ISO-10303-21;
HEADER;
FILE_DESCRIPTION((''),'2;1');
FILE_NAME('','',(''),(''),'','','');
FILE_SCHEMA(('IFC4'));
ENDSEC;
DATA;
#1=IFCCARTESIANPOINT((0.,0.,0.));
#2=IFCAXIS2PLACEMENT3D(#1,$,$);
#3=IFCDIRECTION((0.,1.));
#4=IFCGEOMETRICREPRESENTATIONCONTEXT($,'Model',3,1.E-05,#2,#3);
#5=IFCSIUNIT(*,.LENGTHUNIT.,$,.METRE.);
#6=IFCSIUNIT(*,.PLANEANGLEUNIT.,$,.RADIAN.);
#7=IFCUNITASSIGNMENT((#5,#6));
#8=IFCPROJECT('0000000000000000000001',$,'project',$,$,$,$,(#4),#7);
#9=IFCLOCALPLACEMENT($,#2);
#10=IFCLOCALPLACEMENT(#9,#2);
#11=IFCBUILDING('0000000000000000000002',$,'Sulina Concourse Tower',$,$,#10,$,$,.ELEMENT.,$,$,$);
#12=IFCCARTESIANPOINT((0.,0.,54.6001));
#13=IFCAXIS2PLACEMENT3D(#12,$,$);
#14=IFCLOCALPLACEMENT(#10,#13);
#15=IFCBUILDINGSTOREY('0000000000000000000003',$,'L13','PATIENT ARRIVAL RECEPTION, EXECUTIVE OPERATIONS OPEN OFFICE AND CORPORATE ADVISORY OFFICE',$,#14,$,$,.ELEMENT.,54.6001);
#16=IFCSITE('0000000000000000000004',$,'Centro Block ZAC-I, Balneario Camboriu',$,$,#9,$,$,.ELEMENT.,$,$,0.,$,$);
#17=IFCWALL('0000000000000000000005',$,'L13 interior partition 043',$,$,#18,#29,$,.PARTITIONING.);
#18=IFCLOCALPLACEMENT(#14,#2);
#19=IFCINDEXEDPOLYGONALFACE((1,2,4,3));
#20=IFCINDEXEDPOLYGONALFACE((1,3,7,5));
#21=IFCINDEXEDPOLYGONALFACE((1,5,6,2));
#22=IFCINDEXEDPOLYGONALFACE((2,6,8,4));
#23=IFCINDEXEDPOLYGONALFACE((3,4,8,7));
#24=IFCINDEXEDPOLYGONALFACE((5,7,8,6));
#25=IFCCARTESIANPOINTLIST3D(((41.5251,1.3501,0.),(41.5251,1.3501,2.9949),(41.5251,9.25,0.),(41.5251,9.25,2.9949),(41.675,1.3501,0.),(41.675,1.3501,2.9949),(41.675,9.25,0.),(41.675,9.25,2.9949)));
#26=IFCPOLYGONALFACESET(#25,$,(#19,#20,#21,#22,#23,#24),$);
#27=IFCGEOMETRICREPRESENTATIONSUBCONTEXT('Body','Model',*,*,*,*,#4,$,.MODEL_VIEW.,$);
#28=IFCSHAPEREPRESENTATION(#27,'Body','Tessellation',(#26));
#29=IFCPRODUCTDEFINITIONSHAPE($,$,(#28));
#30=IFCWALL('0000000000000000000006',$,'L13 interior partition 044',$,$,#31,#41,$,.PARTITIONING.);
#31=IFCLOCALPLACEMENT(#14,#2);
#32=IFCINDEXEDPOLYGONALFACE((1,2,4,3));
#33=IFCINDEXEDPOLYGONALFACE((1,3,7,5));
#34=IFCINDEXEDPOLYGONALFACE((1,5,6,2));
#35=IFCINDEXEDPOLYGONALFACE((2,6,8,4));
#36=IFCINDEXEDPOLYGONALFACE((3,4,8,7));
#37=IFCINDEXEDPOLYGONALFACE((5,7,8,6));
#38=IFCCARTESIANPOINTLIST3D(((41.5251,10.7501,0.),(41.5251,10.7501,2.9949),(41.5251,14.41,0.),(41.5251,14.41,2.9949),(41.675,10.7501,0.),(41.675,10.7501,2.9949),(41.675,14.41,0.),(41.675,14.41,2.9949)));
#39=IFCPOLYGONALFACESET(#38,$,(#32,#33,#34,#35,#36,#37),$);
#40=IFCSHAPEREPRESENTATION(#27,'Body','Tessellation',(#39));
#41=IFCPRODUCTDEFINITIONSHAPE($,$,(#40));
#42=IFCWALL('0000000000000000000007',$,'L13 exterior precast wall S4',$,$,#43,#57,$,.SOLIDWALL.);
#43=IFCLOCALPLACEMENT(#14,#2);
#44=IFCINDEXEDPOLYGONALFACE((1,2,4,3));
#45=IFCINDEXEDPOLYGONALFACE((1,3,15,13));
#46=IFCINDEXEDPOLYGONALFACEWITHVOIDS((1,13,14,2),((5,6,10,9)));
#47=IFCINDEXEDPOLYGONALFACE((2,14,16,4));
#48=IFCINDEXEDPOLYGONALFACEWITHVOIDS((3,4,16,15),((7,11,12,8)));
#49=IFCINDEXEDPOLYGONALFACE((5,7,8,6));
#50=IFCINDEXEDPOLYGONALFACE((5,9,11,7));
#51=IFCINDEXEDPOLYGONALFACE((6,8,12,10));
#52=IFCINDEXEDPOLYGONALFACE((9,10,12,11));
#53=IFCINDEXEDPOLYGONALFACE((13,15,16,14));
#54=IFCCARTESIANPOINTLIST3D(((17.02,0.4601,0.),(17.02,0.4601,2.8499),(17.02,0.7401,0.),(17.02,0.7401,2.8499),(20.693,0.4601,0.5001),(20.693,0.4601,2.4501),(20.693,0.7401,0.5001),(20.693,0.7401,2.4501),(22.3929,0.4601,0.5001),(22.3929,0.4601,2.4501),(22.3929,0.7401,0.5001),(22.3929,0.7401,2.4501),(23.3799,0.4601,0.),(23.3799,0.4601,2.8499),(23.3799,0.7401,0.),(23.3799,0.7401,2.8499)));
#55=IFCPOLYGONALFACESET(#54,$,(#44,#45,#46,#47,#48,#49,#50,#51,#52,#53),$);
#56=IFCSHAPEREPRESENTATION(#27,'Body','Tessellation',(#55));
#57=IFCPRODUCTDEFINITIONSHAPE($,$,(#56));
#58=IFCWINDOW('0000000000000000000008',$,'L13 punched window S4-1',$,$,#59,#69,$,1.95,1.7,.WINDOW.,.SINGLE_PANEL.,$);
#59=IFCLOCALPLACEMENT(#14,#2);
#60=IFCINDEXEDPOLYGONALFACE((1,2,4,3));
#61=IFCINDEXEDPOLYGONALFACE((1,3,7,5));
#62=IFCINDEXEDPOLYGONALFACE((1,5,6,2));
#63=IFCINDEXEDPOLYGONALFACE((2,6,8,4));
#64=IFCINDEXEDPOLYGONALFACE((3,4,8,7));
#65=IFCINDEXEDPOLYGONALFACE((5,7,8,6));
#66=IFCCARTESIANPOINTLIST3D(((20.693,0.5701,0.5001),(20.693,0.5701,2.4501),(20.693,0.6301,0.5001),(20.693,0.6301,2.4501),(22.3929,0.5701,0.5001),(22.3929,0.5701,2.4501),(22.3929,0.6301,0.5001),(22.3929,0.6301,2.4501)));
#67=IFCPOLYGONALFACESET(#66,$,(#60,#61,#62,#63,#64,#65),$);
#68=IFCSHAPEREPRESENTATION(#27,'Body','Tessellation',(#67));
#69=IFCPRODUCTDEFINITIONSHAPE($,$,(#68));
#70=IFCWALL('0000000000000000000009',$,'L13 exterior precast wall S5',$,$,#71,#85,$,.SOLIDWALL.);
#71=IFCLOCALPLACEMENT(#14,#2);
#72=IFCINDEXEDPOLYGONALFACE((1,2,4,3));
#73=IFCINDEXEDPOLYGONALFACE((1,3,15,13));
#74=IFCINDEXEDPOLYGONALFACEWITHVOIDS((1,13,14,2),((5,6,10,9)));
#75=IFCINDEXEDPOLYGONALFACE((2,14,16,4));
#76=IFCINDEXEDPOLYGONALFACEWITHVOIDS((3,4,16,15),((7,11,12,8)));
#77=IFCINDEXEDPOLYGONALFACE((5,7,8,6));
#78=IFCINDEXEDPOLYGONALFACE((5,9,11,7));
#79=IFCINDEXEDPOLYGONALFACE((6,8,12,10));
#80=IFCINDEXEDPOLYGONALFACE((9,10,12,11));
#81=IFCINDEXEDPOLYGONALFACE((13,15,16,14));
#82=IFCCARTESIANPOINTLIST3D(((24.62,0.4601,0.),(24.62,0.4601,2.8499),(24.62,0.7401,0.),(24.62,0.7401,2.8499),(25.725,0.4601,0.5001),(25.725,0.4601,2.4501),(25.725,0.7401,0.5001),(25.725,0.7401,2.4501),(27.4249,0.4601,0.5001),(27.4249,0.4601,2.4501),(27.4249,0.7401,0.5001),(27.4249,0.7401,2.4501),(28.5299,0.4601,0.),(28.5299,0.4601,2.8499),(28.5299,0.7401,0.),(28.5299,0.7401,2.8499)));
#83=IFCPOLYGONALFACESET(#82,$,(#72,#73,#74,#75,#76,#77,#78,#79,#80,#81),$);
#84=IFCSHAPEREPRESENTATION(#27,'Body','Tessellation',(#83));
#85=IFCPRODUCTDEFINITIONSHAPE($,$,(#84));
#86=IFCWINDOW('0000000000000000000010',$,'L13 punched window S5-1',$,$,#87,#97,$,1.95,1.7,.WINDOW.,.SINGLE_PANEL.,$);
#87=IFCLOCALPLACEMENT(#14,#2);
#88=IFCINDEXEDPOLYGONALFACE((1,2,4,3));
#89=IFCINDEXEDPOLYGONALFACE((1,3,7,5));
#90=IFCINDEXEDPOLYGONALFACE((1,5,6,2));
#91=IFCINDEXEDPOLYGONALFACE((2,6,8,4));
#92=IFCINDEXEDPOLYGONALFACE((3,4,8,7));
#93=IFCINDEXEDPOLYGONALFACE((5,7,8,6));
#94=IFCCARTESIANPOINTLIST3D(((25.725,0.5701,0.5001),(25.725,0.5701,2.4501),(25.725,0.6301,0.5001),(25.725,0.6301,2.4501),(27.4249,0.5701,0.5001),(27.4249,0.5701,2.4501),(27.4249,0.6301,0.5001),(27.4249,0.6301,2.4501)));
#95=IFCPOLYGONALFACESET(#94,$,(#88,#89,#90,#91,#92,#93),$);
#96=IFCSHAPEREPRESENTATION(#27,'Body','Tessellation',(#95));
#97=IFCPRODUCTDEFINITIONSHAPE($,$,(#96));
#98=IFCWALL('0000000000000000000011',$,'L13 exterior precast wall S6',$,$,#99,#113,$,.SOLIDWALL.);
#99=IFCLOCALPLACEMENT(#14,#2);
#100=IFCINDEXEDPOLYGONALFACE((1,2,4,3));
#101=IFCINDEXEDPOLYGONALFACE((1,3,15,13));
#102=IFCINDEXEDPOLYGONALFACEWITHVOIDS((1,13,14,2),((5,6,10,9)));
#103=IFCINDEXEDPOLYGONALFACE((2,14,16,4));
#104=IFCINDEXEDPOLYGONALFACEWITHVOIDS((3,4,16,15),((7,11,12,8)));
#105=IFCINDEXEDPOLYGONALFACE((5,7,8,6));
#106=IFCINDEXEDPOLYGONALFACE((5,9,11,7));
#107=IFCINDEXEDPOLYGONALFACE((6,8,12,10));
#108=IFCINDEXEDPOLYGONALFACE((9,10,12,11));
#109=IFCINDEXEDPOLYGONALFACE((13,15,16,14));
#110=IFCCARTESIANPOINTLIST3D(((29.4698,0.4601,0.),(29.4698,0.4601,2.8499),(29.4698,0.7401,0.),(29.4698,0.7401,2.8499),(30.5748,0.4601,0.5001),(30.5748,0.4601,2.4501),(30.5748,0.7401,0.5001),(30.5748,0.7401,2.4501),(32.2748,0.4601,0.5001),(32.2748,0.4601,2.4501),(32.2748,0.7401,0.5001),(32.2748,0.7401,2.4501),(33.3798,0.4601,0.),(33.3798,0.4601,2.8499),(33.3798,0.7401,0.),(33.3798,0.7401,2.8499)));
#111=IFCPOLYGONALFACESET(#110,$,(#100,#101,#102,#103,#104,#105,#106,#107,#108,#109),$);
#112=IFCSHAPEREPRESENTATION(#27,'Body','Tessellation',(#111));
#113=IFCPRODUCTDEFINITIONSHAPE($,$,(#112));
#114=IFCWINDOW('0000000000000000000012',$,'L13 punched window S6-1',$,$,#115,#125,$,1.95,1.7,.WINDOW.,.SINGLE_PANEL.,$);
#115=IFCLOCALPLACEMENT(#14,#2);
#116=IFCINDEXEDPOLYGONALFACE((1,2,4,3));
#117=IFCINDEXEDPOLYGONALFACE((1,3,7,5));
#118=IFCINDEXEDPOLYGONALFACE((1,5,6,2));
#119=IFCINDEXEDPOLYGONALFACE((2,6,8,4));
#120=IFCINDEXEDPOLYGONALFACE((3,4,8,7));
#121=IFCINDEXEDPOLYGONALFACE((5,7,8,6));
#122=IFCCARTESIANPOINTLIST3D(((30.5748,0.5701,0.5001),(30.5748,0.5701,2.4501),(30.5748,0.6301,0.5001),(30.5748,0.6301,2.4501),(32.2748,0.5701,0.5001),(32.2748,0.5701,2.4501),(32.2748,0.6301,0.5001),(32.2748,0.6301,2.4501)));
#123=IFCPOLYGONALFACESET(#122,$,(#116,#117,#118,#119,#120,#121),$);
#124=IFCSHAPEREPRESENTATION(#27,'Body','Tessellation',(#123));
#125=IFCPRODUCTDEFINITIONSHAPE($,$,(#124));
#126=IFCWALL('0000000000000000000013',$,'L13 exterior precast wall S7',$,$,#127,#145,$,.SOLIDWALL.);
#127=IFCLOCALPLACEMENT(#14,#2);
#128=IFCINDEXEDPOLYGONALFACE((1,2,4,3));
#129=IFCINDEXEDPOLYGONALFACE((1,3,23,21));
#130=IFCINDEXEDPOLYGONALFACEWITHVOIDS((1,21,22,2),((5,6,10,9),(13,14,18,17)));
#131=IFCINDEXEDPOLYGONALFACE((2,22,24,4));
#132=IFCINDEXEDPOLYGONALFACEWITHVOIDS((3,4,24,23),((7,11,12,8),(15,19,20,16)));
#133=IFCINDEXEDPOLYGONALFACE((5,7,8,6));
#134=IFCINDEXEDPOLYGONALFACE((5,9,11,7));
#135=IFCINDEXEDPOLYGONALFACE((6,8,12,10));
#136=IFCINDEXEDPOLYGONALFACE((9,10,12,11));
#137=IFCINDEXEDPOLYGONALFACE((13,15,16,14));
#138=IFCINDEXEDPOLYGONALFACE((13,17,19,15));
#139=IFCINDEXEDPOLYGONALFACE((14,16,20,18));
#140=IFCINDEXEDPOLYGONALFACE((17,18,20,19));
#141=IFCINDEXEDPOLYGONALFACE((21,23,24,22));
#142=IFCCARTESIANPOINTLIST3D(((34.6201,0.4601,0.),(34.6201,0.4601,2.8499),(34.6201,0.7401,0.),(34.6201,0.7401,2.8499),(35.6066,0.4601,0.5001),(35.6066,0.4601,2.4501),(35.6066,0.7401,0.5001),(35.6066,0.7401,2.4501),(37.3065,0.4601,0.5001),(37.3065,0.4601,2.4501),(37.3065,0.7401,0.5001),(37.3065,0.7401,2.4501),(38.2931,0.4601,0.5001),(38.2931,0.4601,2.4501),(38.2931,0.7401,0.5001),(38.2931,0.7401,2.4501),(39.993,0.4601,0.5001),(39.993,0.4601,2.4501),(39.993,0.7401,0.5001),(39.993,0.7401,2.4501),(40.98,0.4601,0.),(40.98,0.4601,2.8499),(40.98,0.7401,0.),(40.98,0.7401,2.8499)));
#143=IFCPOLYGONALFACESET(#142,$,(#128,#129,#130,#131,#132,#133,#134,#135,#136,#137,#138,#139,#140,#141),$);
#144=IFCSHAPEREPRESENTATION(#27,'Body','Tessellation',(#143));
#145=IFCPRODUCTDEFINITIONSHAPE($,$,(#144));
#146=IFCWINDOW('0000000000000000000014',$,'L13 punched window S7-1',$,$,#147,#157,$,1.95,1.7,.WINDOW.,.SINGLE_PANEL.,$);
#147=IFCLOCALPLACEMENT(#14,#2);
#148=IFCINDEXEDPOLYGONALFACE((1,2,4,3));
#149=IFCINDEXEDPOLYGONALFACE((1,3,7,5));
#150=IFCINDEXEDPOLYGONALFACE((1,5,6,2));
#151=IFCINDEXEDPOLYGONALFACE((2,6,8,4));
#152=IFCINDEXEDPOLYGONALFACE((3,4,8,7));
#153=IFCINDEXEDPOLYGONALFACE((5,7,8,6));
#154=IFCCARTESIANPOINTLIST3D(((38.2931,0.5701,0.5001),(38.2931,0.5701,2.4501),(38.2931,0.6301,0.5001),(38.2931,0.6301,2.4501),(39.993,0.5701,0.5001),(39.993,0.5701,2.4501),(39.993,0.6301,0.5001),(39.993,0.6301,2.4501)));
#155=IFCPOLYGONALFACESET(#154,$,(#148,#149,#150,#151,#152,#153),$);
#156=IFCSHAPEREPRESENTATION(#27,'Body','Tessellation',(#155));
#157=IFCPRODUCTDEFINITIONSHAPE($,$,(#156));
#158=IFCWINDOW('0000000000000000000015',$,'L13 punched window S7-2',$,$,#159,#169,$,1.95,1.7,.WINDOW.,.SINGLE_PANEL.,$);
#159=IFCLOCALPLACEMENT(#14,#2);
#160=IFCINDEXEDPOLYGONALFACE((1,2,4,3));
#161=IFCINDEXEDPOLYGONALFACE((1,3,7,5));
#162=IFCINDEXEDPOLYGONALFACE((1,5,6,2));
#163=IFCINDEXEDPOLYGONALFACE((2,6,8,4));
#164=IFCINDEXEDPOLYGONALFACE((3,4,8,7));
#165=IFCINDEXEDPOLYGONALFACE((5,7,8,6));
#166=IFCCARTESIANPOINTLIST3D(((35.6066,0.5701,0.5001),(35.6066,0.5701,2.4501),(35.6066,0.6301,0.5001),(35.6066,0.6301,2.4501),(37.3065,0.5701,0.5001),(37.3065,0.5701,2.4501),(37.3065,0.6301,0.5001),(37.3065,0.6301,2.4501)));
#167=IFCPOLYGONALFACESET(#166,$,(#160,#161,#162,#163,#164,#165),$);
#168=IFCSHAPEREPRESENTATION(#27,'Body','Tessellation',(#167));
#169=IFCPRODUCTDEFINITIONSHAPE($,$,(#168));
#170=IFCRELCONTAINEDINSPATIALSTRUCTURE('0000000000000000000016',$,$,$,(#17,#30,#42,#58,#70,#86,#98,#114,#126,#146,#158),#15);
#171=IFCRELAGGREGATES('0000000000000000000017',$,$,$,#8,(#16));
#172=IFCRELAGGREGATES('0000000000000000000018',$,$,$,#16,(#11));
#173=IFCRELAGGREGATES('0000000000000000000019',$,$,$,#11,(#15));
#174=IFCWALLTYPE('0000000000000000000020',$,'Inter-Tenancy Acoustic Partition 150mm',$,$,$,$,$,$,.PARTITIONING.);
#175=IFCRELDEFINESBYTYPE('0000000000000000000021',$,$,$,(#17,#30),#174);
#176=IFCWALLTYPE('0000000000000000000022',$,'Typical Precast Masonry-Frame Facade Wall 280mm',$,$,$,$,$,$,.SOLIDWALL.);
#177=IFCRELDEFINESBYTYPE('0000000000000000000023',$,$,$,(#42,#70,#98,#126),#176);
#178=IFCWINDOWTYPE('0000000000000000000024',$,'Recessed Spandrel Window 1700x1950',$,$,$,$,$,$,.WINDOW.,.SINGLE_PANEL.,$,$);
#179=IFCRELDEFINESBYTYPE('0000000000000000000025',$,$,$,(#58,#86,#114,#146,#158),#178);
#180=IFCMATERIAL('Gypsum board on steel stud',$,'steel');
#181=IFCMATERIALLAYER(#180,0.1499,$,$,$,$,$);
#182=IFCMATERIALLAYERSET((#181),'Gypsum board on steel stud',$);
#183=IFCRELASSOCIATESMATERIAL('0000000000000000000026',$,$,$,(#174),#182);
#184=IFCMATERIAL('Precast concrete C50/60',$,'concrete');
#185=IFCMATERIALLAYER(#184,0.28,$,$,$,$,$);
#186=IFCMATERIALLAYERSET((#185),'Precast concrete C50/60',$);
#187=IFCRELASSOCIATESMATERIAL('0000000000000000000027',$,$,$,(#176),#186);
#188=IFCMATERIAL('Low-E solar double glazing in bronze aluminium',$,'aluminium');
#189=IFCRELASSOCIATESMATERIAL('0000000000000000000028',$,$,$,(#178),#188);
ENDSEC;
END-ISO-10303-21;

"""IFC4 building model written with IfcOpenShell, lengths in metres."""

from ifc_helpers import new_model, si_unit, direction, frame, frame_2d, origin, place, context, subcontext, project, spatial, rectangle, extrude, material, layer, layer_set, type_object, element, fill, save


model = new_model("IFC4")

# Units and contexts
model_context = context("Model", 3, precision=1e-05, world=origin(), true_north=direction((0.0, 1.0)))
body_context = subcontext(model_context, "Body", "Model", "MODEL_VIEW")
ifc_project = project(units=[si_unit("LENGTHUNIT", "METRE"), si_unit("PLANEANGLEUNIT", "RADIAN")], contexts=[model_context])

# Site, building, storey
site_placement = place(None, origin())
site = spatial("IfcSite", under=ifc_project, at=site_placement, Name="Centro Block ZAC-I, Balneario Camboriu", CompositionType="ELEMENT", RefElevation=0.0)
building_placement = place(site_placement, origin())
building = spatial("IfcBuilding", under=site, at=building_placement, Name="Sulina Concourse Tower", CompositionType="ELEMENT")
storey_placement = place(building_placement, frame((0.0, 0.0, 54.6001)))
storey = spatial("IfcBuildingStorey", under=building, at=storey_placement, Name="L13", Description="PATIENT ARRIVAL RECEPTION, EXECUTIVE OPERATIONS OPEN OFFICE AND CORPORATE ADVISORY OFFICE", CompositionType="ELEMENT", Elevation=54.6001)

# Walls
ifc_material_1 = material(Name="Gypsum board on steel stud", Category="steel")
ifc_layer_1 = layer(ifc_material_1, 0.1499)
ifc_layer_set_1 = layer_set([ifc_layer_1], Name="Gypsum board on steel stud")
wall_type_1 = type_object("IfcWallType", Name="Inter-Tenancy Acoustic Partition 150mm", PredefinedType="PARTITIONING", material=ifc_layer_set_1)
wall_1_placement = place(storey_placement, frame((41.6001, 1.3501, 0.0), z_axis=(0.0, 0.0, 1.0), x_axis=(0.0, 1.0, 0.0)))
element("IfcWall", 1, at=wall_1_placement, inside=storey, type_object=wall_type_1, Name="L13 interior partition 043", PredefinedType="PARTITIONING", context=body_context, shape_type="SweptSolid", body=[
    extrude(rectangle(XDim=7.8999, YDim=0.1499, at=frame_2d((3.95, 0.0))), origin(), (0.0, 0.0, 1.0), 2.9949),
])
wall_2_placement = place(storey_placement, frame((41.6001, 10.75, 0.0), z_axis=(0.0, 0.0, 1.0), x_axis=(0.0, 1.0, 0.0)))
element("IfcWall", 2, at=wall_2_placement, inside=storey, type_object=wall_type_1, Name="L13 interior partition 044", PredefinedType="PARTITIONING", context=body_context, shape_type="SweptSolid", body=[
    extrude(rectangle(XDim=3.6599, YDim=0.1499, at=frame_2d((1.8301, 0.0))), origin(), (0.0, 0.0, 1.0), 2.9949),
])

# Walls, openings, windows
ifc_material_2 = material(Name="Precast concrete C50/60", Category="concrete")
ifc_layer_2 = layer(ifc_material_2, 0.28)
ifc_layer_set_2 = layer_set([ifc_layer_2], Name="Precast concrete C50/60")
wall_type_2 = type_object("IfcWallType", Name="Typical Precast Masonry-Frame Facade Wall 280mm", PredefinedType="SOLIDWALL", material=ifc_layer_set_2)
wall_3_placement = place(storey_placement, frame((23.3799, 0.6001, 0.0), z_axis=(0.0, 0.0, 1.0), x_axis=(-1.0, 0.0, 0.0)))
wall_3 = element("IfcWall", 3, at=wall_3_placement, inside=storey, type_object=wall_type_2, Name="L13 exterior precast wall S4", PredefinedType="SOLIDWALL", context=body_context, shape_type="SweptSolid", body=[
    extrude(rectangle(XDim=6.3599, YDim=0.28, at=frame_2d((3.1799, 0.0))), origin(), (0.0, 0.0, 1.0), 2.8499),
])
opening_1_placement = place(wall_3_placement, frame((0.9868, 0.0, 0.5)))
opening_1 = element("IfcOpeningElement", 4, at=opening_1_placement, cuts=wall_3, PredefinedType="OPENING", context=body_context, shape_type="SweptSolid", body=[
    extrude(rectangle(XDim=1.7, YDim=1.95, at=frame_2d((0.8501, 0.9751))), frame((0.0, 0.1499, 0.0), z_axis=(0.0, -1.0, 0.0), x_axis=(1.0, 0.0, 0.0)), (0.0, 0.0, 1.0), 0.3),
])
ifc_material_3 = material(Name="Low-E solar double glazing in bronze aluminium", Category="aluminium")
window_type = type_object("IfcWindowType", Name="Recessed Spandrel Window 1700x1950", PartitioningType="SINGLE_PANEL", PredefinedType="WINDOW", material=ifc_material_3)
window_1_placement = place(opening_1_placement, origin())
window_1 = element("IfcWindow", 5, at=window_1_placement, inside=storey, type_object=window_type, Name="L13 punched window S4-1", OverallHeight=1.95, OverallWidth=1.7, PartitioningType="SINGLE_PANEL", PredefinedType="WINDOW", context=body_context, shape_type="SweptSolid", body=[
    extrude(rectangle(XDim=1.7, YDim=1.95, at=frame_2d((0.8501, 0.9751))), frame((0.0, 0.03, 0.0), z_axis=(0.0, -1.0, 0.0), x_axis=(1.0, 0.0, 0.0)), (0.0, 0.0, 1.0), 0.0601),
])
fill(opening_1, window_1)
wall_4_placement = place(storey_placement, frame((28.53, 0.6001, 0.0), z_axis=(0.0, 0.0, 1.0), x_axis=(-1.0, 0.0, 0.0)))
wall_4 = element("IfcWall", 6, at=wall_4_placement, inside=storey, type_object=wall_type_2, Name="L13 exterior precast wall S5", PredefinedType="SOLIDWALL", context=body_context, shape_type="SweptSolid", body=[
    extrude(rectangle(XDim=3.9099, YDim=0.28, at=frame_2d((1.9551, 0.0))), origin(), (0.0, 0.0, 1.0), 2.8499),
])
opening_2_placement = place(wall_4_placement, frame((1.105, 0.0, 0.5)))
opening_2 = element("IfcOpeningElement", 7, at=opening_2_placement, cuts=wall_4, PredefinedType="OPENING", context=body_context, shape_type="SweptSolid", body=[
    extrude(rectangle(XDim=1.7, YDim=1.95, at=frame_2d((0.8501, 0.9751))), frame((0.0, 0.1499, 0.0), z_axis=(0.0, -1.0, 0.0), x_axis=(1.0, 0.0, 0.0)), (0.0, 0.0, 1.0), 0.3),
])
window_2_placement = place(opening_2_placement, origin())
window_2 = element("IfcWindow", 8, at=window_2_placement, inside=storey, type_object=window_type, Name="L13 punched window S5-1", OverallHeight=1.95, OverallWidth=1.7, PartitioningType="SINGLE_PANEL", PredefinedType="WINDOW", context=body_context, shape_type="SweptSolid", body=[
    extrude(rectangle(XDim=1.7, YDim=1.95, at=frame_2d((0.8501, 0.9751))), frame((0.0, 0.03, 0.0), z_axis=(0.0, -1.0, 0.0), x_axis=(1.0, 0.0, 0.0)), (0.0, 0.0, 1.0), 0.0601),
])
fill(opening_2, window_2)
wall_5_placement = place(storey_placement, frame((33.3799, 0.6001, 0.0), z_axis=(0.0, 0.0, 1.0), x_axis=(-1.0, 0.0, 0.0)))
wall_5 = element("IfcWall", 9, at=wall_5_placement, inside=storey, type_object=wall_type_2, Name="L13 exterior precast wall S6", PredefinedType="SOLIDWALL", context=body_context, shape_type="SweptSolid", body=[
    extrude(rectangle(XDim=3.9099, YDim=0.28, at=frame_2d((1.9551, 0.0))), origin(), (0.0, 0.0, 1.0), 2.8499),
])
opening_3_placement = place(wall_5_placement, frame((1.105, 0.0, 0.5)))
opening_3 = element("IfcOpeningElement", 10, at=opening_3_placement, cuts=wall_5, PredefinedType="OPENING", context=body_context, shape_type="SweptSolid", body=[
    extrude(rectangle(XDim=1.7, YDim=1.95, at=frame_2d((0.8501, 0.9751))), frame((0.0, 0.1499, 0.0), z_axis=(0.0, -1.0, 0.0), x_axis=(1.0, 0.0, 0.0)), (0.0, 0.0, 1.0), 0.3),
])
window_3_placement = place(opening_3_placement, origin())
window_3 = element("IfcWindow", 11, at=window_3_placement, inside=storey, type_object=window_type, Name="L13 punched window S6-1", OverallHeight=1.95, OverallWidth=1.7, PartitioningType="SINGLE_PANEL", PredefinedType="WINDOW", context=body_context, shape_type="SweptSolid", body=[
    extrude(rectangle(XDim=1.7, YDim=1.95, at=frame_2d((0.8501, 0.9751))), frame((0.0, 0.03, 0.0), z_axis=(0.0, -1.0, 0.0), x_axis=(1.0, 0.0, 0.0)), (0.0, 0.0, 1.0), 0.0601),
])
fill(opening_3, window_3)

# Wall, openings, windows
wall_6_placement = place(storey_placement, frame((40.98, 0.6001, 0.0), z_axis=(0.0, 0.0, 1.0), x_axis=(-1.0, 0.0, 0.0)))
wall_6 = element("IfcWall", 12, at=wall_6_placement, inside=storey, type_object=wall_type_2, Name="L13 exterior precast wall S7", PredefinedType="SOLIDWALL", context=body_context, shape_type="SweptSolid", body=[
    extrude(rectangle(XDim=6.3599, YDim=0.28, at=frame_2d((3.1799, 0.0))), origin(), (0.0, 0.0, 1.0), 2.8499),
])
opening_4_placement = place(wall_6_placement, frame((0.9868, 0.0, 0.5)))
opening_4 = element("IfcOpeningElement", 13, at=opening_4_placement, cuts=wall_6, PredefinedType="OPENING", context=body_context, shape_type="SweptSolid", body=[
    extrude(rectangle(XDim=1.7, YDim=1.95, at=frame_2d((0.8501, 0.9751))), frame((0.0, 0.1499, 0.0), z_axis=(0.0, -1.0, 0.0), x_axis=(1.0, 0.0, 0.0)), (0.0, 0.0, 1.0), 0.3),
])
opening_5_placement = place(wall_6_placement, frame((3.6733, 0.0, 0.5)))
opening_5 = element("IfcOpeningElement", 14, at=opening_5_placement, cuts=wall_6, PredefinedType="OPENING", context=body_context, shape_type="SweptSolid", body=[
    extrude(rectangle(XDim=1.7, YDim=1.95, at=frame_2d((0.8501, 0.9751))), frame((0.0, 0.1499, 0.0), z_axis=(0.0, -1.0, 0.0), x_axis=(1.0, 0.0, 0.0)), (0.0, 0.0, 1.0), 0.3),
])
window_4_placement = place(opening_4_placement, origin())
window_4 = element("IfcWindow", 15, at=window_4_placement, inside=storey, type_object=window_type, Name="L13 punched window S7-1", OverallHeight=1.95, OverallWidth=1.7, PartitioningType="SINGLE_PANEL", PredefinedType="WINDOW", context=body_context, shape_type="SweptSolid", body=[
    extrude(rectangle(XDim=1.7, YDim=1.95, at=frame_2d((0.8501, 0.9751))), frame((0.0, 0.03, 0.0), z_axis=(0.0, -1.0, 0.0), x_axis=(1.0, 0.0, 0.0)), (0.0, 0.0, 1.0), 0.0601),
])
fill(opening_4, window_4)
window_5_placement = place(opening_5_placement, origin())
window_5 = element("IfcWindow", 16, at=window_5_placement, inside=storey, type_object=window_type, Name="L13 punched window S7-2", OverallHeight=1.95, OverallWidth=1.7, PartitioningType="SINGLE_PANEL", PredefinedType="WINDOW", context=body_context, shape_type="SweptSolid", body=[
    extrude(rectangle(XDim=1.7, YDim=1.95, at=frame_2d((0.8501, 0.9751))), frame((0.0, 0.03, 0.0), z_axis=(0.0, -1.0, 0.0), x_axis=(1.0, 0.0, 0.0)), (0.0, 0.0, 1.0), 0.0601),
])
fill(opening_5, window_5)

save(model, "model.ifc")
